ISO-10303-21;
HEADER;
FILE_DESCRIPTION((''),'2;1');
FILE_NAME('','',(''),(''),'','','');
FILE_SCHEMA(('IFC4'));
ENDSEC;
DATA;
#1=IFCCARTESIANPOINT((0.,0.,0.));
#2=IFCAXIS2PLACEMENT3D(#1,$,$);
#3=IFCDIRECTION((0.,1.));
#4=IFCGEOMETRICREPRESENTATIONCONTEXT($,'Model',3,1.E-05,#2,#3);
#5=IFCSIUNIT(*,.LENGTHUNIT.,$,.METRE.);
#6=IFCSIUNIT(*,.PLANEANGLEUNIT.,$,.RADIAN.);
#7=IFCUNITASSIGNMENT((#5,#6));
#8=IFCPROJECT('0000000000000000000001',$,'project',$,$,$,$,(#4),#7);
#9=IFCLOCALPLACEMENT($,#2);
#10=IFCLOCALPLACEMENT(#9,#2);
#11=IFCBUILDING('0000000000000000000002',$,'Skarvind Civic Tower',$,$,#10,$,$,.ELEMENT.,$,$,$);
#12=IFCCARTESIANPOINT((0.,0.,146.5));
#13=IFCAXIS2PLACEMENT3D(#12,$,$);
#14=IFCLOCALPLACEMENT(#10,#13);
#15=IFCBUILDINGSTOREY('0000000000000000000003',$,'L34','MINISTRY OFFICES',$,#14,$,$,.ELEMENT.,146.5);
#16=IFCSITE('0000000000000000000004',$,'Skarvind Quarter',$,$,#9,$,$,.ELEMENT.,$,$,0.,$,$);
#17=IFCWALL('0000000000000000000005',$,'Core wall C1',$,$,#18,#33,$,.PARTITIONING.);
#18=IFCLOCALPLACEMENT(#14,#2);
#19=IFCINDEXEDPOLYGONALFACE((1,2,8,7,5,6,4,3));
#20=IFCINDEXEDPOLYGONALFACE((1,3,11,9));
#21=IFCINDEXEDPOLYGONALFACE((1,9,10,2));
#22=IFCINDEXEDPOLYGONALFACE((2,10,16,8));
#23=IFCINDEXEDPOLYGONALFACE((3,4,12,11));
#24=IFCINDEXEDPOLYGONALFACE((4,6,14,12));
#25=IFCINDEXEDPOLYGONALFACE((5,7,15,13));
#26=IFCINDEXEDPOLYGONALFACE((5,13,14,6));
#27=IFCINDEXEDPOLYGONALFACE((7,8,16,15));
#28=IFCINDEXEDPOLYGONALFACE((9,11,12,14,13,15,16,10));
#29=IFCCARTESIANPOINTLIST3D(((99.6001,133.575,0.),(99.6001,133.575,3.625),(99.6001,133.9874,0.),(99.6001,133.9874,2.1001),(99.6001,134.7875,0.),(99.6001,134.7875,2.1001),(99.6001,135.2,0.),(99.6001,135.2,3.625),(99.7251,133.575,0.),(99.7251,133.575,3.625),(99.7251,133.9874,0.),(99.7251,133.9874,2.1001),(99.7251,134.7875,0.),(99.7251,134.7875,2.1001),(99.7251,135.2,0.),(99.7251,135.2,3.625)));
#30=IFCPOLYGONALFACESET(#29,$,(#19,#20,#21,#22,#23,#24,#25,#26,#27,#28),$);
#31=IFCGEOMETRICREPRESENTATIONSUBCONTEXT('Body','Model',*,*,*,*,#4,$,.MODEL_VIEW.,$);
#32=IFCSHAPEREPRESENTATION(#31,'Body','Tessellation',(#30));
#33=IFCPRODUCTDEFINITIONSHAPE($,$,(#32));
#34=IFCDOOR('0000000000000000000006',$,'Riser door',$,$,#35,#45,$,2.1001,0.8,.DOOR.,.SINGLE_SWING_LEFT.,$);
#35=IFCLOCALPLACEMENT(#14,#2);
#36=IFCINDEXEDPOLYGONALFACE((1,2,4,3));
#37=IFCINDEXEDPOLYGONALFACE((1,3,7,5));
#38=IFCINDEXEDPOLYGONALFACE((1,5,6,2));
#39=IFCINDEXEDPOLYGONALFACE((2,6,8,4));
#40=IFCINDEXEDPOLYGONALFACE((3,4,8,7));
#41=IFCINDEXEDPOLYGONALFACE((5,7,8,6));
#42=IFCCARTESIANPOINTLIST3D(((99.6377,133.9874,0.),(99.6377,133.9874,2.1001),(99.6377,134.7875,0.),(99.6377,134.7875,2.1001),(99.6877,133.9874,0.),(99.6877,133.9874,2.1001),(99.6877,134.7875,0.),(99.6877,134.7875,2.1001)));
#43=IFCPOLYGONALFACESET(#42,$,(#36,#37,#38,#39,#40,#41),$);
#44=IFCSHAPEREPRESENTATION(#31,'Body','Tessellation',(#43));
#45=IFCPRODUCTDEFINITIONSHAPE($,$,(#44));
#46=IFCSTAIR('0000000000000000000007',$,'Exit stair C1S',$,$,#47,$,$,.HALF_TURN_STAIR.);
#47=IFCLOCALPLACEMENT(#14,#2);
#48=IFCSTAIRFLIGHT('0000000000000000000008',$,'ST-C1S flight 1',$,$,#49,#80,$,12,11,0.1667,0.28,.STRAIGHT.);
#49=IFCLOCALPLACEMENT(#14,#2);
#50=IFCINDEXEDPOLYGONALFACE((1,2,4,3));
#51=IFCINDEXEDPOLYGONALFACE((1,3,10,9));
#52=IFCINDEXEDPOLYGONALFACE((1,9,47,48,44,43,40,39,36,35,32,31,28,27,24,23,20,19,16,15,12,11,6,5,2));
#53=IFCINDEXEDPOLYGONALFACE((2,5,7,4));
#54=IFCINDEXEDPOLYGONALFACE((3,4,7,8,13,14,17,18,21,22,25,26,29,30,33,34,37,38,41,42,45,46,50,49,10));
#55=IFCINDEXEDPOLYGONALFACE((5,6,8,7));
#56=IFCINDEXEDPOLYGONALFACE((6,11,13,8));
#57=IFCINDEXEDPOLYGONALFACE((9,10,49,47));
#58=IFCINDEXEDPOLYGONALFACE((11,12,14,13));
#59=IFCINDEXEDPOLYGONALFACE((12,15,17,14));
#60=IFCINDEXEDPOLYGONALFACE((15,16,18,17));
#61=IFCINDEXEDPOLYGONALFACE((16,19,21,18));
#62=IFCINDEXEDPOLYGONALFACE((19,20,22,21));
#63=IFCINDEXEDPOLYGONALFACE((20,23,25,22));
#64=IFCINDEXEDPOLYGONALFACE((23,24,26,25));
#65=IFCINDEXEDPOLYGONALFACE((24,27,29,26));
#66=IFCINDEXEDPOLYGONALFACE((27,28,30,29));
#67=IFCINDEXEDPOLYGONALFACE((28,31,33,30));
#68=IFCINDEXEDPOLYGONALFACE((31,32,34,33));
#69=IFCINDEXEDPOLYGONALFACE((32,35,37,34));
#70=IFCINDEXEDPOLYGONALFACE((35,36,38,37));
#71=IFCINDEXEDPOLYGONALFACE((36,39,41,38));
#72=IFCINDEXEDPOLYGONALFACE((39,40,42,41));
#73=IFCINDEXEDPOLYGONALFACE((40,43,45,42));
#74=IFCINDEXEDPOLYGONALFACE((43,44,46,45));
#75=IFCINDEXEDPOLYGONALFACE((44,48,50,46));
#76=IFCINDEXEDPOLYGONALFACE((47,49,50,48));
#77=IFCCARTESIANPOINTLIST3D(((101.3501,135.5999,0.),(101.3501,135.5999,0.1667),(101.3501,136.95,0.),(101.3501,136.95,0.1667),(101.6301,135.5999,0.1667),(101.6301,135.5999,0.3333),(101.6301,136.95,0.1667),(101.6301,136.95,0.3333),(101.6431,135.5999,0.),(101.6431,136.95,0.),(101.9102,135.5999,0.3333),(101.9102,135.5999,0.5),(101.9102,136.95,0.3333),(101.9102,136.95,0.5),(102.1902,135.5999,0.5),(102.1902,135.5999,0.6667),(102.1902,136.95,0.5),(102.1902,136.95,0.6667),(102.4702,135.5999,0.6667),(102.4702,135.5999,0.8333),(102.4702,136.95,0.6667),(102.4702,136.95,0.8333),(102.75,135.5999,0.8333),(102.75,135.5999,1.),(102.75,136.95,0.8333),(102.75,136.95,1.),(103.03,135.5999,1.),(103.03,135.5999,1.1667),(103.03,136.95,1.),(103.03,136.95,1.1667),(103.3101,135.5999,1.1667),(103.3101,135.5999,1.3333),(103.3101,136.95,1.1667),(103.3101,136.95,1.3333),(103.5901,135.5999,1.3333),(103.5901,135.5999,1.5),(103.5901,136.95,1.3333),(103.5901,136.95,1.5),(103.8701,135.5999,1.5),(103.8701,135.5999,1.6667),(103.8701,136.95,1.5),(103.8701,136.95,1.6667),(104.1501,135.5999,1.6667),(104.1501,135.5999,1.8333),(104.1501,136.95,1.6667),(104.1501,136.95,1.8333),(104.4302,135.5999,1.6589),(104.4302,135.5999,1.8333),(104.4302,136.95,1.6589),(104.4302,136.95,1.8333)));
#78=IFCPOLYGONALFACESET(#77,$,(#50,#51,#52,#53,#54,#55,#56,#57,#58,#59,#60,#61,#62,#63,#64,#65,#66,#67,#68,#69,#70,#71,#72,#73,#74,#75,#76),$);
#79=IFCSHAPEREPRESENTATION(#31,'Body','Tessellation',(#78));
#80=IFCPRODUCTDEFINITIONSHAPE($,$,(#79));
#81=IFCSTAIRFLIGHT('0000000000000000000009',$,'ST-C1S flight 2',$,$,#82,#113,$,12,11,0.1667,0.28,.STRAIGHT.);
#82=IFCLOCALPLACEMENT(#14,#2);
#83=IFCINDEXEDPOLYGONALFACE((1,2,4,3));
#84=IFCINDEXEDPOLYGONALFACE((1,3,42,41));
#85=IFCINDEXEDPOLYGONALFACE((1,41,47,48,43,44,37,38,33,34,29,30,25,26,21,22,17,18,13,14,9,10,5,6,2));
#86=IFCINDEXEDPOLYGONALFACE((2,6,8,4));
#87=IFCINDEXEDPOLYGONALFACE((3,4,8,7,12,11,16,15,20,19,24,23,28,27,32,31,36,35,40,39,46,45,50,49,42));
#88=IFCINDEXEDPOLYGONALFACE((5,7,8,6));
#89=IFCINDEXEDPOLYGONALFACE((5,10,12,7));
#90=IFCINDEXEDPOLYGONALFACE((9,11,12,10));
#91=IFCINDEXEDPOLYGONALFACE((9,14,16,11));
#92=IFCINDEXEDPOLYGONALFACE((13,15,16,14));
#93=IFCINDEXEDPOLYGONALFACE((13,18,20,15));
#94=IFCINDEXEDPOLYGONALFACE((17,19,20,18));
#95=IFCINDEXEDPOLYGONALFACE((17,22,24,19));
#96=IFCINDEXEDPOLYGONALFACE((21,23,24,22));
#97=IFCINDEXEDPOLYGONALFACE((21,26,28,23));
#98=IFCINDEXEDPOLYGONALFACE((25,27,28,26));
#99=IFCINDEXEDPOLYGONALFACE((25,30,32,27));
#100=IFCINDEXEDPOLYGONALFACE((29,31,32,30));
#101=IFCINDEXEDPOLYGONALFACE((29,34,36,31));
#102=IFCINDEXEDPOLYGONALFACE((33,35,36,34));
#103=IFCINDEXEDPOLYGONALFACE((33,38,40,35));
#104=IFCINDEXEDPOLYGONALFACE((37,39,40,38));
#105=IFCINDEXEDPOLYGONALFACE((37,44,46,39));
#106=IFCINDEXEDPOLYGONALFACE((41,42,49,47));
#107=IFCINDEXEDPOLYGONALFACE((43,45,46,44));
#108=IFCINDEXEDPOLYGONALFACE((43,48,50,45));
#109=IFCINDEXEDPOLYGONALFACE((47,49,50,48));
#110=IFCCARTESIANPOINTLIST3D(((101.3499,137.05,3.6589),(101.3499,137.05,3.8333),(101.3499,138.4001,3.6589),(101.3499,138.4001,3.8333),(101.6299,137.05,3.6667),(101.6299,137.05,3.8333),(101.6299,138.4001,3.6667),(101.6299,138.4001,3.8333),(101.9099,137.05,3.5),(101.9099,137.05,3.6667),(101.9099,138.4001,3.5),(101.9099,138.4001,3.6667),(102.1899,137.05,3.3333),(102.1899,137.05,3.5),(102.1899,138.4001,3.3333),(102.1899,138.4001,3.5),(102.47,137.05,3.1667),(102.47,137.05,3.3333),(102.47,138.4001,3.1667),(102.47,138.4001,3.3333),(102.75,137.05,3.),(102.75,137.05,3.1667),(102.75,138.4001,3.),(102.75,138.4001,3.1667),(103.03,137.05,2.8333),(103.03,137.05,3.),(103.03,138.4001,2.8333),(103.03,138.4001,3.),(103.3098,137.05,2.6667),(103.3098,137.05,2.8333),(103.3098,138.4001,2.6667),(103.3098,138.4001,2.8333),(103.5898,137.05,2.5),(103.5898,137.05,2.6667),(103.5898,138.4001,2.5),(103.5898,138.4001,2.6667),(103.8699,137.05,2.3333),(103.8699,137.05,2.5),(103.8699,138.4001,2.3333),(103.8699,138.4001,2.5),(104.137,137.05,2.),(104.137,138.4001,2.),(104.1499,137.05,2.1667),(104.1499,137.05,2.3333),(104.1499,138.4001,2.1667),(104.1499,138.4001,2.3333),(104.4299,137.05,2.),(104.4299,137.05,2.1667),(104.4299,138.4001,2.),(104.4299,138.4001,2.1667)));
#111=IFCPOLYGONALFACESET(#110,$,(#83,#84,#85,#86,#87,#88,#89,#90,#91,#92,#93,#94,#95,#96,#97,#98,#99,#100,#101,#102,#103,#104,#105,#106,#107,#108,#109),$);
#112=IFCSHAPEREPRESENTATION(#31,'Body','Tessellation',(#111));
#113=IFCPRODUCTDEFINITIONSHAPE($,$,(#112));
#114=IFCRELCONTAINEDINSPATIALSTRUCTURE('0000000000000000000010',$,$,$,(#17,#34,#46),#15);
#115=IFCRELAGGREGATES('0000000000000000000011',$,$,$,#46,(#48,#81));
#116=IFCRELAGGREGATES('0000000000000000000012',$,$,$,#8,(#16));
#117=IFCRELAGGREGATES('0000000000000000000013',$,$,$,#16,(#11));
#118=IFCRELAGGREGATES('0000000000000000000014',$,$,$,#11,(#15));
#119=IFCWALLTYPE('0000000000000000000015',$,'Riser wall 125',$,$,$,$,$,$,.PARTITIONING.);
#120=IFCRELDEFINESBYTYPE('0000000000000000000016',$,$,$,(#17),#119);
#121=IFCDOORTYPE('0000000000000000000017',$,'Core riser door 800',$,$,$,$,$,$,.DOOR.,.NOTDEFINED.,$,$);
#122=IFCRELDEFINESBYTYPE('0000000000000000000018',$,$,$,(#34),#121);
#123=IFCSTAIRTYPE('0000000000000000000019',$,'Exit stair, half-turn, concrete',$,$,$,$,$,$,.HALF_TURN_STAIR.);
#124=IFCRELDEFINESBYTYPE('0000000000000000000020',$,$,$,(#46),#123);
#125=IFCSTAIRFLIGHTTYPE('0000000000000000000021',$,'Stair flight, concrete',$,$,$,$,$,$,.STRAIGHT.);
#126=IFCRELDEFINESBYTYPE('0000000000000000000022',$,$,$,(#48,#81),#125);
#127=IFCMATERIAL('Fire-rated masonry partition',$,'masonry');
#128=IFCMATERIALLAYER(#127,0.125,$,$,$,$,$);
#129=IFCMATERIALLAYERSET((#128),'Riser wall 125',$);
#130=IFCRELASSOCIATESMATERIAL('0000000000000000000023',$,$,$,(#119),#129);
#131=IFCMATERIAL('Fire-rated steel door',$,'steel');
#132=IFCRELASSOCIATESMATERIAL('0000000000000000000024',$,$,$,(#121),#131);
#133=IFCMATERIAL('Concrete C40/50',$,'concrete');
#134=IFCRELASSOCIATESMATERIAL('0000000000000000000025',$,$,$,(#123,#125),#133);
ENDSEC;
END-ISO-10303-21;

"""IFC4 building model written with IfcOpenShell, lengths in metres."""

from ifc_helpers import new_model, si_unit, direction, frame, frame_2d, origin, place, context, subcontext, project, spatial, polyline, rectangle, outline, extrude, material, layer, layer_set, type_object, element, fill, aggregate, save


model = new_model("IFC4")

# Units and contexts
model_context = context("Model", 3, precision=1e-05, world=origin(), true_north=direction((0.0, 1.0)))
body_context = subcontext(model_context, "Body", "Model", "MODEL_VIEW")
ifc_project = project(units=[si_unit("LENGTHUNIT", "METRE"), si_unit("PLANEANGLEUNIT", "RADIAN")], contexts=[model_context])

# Site, building, storey
site_placement = place(None, origin())
site = spatial("IfcSite", under=ifc_project, at=site_placement, Name="Skarvind Quarter", CompositionType="ELEMENT", RefElevation=0.0)
building_placement = place(site_placement, origin())
building = spatial("IfcBuilding", under=site, at=building_placement, Name="Skarvind Civic Tower", CompositionType="ELEMENT")
storey_placement = place(building_placement, frame((0.0, 0.0, 146.5)))
storey = spatial("IfcBuildingStorey", under=building, at=storey_placement, Name="L34", Description="MINISTRY OFFICES", CompositionType="ELEMENT", Elevation=146.5)

# Shared definitions
ifc_material_1 = material(Name="Fire-rated steel door", Category="steel")

# Wall, opening, door
ifc_material_2 = material(Name="Fire-rated masonry partition", Category="masonry")
ifc_layer_1 = layer(ifc_material_2, 0.125)
ifc_layer_set_1 = layer_set([ifc_layer_1], Name="Riser wall 125")
wall_type_1 = type_object("IfcWallType", Name="Riser wall 125", PredefinedType="PARTITIONING", material=ifc_layer_set_1)
wall_1_placement = place(storey_placement, frame((99.6626, 133.575, 0.0), z_axis=(0.0, 0.0, 1.0), x_axis=(0.0, 1.0, 0.0)))
wall_1 = element("IfcWall", 1, at=wall_1_placement, inside=storey, type_object=wall_type_1, Name="Core wall C1", PredefinedType="PARTITIONING", context=body_context, shape_type="SweptSolid", body=[
    extrude(rectangle(XDim=1.625, YDim=0.125, at=frame_2d((0.8125, 0.0))), origin(), (0.0, 0.0, 1.0), 3.625),
])
opening_1_placement = place(wall_1_placement, frame((0.4126, 0.0, 0.0)))
opening_1 = element("IfcOpeningElement", 2, at=opening_1_placement, cuts=wall_1, PredefinedType="OPENING", context=body_context, shape_type="SweptSolid", body=[
    extrude(rectangle(XDim=0.8, YDim=2.1001, at=frame_2d((0.3999, 1.05))), frame((0.0, 0.0725, 0.0), z_axis=(0.0, -1.0, 0.0), x_axis=(1.0, 0.0, 0.0)), (0.0, 0.0, 1.0), 0.145),
])
door_type_1 = type_object("IfcDoorType", Name="Core riser door 800", OperationType="NOTDEFINED", PredefinedType="DOOR", material=ifc_material_1)
door_1_placement = place(opening_1_placement, origin())
door_1 = element("IfcDoor", 3, at=door_1_placement, inside=storey, type_object=door_type_1, Name="Riser door", OperationType="SINGLE_SWING_LEFT", OverallHeight=2.1001, OverallWidth=0.8, PredefinedType="DOOR", context=body_context, shape_type="SweptSolid", body=[
    extrude(rectangle(XDim=0.8, YDim=2.1001, at=frame_2d((0.3999, 1.05))), frame((0.0, 0.0249, 0.0), z_axis=(0.0, -1.0, 0.0), x_axis=(1.0, 0.0, 0.0)), (0.0, 0.0, 1.0), 0.05),
])
fill(opening_1, door_1)

# Stair, stair flights
ifc_material_3 = material(Name="Concrete C40/50", Category="concrete")
stair_type = type_object("IfcStairType", Name="Exit stair, half-turn, concrete", PredefinedType="HALF_TURN_STAIR", material=ifc_material_3)
stair_placement = place(storey_placement, origin())
stair = element("IfcStair", 4, at=stair_placement, inside=storey, type_object=stair_type, Name="Exit stair C1S", PredefinedType="HALF_TURN_STAIR")
stair_flight_type = type_object("IfcStairFlightType", Name="Stair flight, concrete", PredefinedType="STRAIGHT", material=ifc_material_3)
stair_flight_1_placement = place(storey_placement, frame((101.3501, 136.2749, 0.0), z_axis=(0.0, 0.0, 1.0), x_axis=(1.0, 0.0, 0.0)))
stair_flight_1 = element("IfcStairFlight", 5, at=stair_flight_1_placement, type_object=stair_flight_type, Name="ST-C1S flight 1", NumberOfRisers=12, NumberOfTreads=11, PredefinedType="STRAIGHT", RiserHeight=0.1667, TreadLength=0.28, context=body_context, shape_type="SweptSolid", body=[
    extrude(outline(polyline([(0.0, 0.0), (0.0, 0.1667), (0.28, 0.1667), (0.28, 0.3333), (0.5601, 0.3333), (0.5601, 0.5), (0.8401, 0.5), (0.8401, 0.6667), (1.1201, 0.6667), (1.1201, 0.8333), (1.3999, 0.8333), (1.3999, 1.0), (1.6799, 1.0), (1.6799, 1.1667), (1.96, 1.1667), (1.96, 1.3333), (2.24, 1.3333), (2.24, 1.5), (2.52, 1.5), (2.52, 1.6667), (2.8, 1.6667), (2.8, 1.8333), (3.0801, 1.8333), (3.0801, 2.0), (3.0801, 1.6589), (0.293, 0.0), (0.0, 0.0)])), frame((0.0, 0.675, 0.0), z_axis=(0.0, -1.0, 0.0), x_axis=(1.0, 0.0, 0.0)), (0.0, 0.0, 1.0), 1.3501),
])
stair_flight_2_placement = place(storey_placement, frame((104.4299, 137.7251, 2.0), z_axis=(0.0, 0.0, 1.0), x_axis=(-1.0, 0.0, 0.0)))
stair_flight_2 = element("IfcStairFlight", 6, at=stair_flight_2_placement, type_object=stair_flight_type, Name="ST-C1S flight 2", NumberOfRisers=12, NumberOfTreads=11, PredefinedType="STRAIGHT", RiserHeight=0.1667, TreadLength=0.28, context=body_context, shape_type="SweptSolid", body=[
    extrude(outline(polyline([(0.0, 0.0), (0.0, 0.1667), (0.28, 0.1667), (0.28, 0.3333), (0.5601, 0.3333), (0.5601, 0.5), (0.8401, 0.5), (0.8401, 0.6667), (1.1201, 0.6667), (1.1201, 0.8333), (1.3999, 0.8333), (1.3999, 1.0), (1.6799, 1.0), (1.6799, 1.1667), (1.96, 1.1667), (1.96, 1.3333), (2.24, 1.3333), (2.24, 1.5), (2.52, 1.5), (2.52, 1.6667), (2.8, 1.6667), (2.8, 1.8333), (3.0801, 1.8333), (3.0801, 2.0), (3.0801, 1.6589), (0.293, 0.0), (0.0, 0.0)])), frame((0.0, 0.675, 0.0), z_axis=(0.0, -1.0, 0.0), x_axis=(1.0, 0.0, 0.0)), (0.0, 0.0, 1.0), 1.3501),
])
aggregate(stair, [stair_flight_1, stair_flight_2])

save(model, "model.ifc")
